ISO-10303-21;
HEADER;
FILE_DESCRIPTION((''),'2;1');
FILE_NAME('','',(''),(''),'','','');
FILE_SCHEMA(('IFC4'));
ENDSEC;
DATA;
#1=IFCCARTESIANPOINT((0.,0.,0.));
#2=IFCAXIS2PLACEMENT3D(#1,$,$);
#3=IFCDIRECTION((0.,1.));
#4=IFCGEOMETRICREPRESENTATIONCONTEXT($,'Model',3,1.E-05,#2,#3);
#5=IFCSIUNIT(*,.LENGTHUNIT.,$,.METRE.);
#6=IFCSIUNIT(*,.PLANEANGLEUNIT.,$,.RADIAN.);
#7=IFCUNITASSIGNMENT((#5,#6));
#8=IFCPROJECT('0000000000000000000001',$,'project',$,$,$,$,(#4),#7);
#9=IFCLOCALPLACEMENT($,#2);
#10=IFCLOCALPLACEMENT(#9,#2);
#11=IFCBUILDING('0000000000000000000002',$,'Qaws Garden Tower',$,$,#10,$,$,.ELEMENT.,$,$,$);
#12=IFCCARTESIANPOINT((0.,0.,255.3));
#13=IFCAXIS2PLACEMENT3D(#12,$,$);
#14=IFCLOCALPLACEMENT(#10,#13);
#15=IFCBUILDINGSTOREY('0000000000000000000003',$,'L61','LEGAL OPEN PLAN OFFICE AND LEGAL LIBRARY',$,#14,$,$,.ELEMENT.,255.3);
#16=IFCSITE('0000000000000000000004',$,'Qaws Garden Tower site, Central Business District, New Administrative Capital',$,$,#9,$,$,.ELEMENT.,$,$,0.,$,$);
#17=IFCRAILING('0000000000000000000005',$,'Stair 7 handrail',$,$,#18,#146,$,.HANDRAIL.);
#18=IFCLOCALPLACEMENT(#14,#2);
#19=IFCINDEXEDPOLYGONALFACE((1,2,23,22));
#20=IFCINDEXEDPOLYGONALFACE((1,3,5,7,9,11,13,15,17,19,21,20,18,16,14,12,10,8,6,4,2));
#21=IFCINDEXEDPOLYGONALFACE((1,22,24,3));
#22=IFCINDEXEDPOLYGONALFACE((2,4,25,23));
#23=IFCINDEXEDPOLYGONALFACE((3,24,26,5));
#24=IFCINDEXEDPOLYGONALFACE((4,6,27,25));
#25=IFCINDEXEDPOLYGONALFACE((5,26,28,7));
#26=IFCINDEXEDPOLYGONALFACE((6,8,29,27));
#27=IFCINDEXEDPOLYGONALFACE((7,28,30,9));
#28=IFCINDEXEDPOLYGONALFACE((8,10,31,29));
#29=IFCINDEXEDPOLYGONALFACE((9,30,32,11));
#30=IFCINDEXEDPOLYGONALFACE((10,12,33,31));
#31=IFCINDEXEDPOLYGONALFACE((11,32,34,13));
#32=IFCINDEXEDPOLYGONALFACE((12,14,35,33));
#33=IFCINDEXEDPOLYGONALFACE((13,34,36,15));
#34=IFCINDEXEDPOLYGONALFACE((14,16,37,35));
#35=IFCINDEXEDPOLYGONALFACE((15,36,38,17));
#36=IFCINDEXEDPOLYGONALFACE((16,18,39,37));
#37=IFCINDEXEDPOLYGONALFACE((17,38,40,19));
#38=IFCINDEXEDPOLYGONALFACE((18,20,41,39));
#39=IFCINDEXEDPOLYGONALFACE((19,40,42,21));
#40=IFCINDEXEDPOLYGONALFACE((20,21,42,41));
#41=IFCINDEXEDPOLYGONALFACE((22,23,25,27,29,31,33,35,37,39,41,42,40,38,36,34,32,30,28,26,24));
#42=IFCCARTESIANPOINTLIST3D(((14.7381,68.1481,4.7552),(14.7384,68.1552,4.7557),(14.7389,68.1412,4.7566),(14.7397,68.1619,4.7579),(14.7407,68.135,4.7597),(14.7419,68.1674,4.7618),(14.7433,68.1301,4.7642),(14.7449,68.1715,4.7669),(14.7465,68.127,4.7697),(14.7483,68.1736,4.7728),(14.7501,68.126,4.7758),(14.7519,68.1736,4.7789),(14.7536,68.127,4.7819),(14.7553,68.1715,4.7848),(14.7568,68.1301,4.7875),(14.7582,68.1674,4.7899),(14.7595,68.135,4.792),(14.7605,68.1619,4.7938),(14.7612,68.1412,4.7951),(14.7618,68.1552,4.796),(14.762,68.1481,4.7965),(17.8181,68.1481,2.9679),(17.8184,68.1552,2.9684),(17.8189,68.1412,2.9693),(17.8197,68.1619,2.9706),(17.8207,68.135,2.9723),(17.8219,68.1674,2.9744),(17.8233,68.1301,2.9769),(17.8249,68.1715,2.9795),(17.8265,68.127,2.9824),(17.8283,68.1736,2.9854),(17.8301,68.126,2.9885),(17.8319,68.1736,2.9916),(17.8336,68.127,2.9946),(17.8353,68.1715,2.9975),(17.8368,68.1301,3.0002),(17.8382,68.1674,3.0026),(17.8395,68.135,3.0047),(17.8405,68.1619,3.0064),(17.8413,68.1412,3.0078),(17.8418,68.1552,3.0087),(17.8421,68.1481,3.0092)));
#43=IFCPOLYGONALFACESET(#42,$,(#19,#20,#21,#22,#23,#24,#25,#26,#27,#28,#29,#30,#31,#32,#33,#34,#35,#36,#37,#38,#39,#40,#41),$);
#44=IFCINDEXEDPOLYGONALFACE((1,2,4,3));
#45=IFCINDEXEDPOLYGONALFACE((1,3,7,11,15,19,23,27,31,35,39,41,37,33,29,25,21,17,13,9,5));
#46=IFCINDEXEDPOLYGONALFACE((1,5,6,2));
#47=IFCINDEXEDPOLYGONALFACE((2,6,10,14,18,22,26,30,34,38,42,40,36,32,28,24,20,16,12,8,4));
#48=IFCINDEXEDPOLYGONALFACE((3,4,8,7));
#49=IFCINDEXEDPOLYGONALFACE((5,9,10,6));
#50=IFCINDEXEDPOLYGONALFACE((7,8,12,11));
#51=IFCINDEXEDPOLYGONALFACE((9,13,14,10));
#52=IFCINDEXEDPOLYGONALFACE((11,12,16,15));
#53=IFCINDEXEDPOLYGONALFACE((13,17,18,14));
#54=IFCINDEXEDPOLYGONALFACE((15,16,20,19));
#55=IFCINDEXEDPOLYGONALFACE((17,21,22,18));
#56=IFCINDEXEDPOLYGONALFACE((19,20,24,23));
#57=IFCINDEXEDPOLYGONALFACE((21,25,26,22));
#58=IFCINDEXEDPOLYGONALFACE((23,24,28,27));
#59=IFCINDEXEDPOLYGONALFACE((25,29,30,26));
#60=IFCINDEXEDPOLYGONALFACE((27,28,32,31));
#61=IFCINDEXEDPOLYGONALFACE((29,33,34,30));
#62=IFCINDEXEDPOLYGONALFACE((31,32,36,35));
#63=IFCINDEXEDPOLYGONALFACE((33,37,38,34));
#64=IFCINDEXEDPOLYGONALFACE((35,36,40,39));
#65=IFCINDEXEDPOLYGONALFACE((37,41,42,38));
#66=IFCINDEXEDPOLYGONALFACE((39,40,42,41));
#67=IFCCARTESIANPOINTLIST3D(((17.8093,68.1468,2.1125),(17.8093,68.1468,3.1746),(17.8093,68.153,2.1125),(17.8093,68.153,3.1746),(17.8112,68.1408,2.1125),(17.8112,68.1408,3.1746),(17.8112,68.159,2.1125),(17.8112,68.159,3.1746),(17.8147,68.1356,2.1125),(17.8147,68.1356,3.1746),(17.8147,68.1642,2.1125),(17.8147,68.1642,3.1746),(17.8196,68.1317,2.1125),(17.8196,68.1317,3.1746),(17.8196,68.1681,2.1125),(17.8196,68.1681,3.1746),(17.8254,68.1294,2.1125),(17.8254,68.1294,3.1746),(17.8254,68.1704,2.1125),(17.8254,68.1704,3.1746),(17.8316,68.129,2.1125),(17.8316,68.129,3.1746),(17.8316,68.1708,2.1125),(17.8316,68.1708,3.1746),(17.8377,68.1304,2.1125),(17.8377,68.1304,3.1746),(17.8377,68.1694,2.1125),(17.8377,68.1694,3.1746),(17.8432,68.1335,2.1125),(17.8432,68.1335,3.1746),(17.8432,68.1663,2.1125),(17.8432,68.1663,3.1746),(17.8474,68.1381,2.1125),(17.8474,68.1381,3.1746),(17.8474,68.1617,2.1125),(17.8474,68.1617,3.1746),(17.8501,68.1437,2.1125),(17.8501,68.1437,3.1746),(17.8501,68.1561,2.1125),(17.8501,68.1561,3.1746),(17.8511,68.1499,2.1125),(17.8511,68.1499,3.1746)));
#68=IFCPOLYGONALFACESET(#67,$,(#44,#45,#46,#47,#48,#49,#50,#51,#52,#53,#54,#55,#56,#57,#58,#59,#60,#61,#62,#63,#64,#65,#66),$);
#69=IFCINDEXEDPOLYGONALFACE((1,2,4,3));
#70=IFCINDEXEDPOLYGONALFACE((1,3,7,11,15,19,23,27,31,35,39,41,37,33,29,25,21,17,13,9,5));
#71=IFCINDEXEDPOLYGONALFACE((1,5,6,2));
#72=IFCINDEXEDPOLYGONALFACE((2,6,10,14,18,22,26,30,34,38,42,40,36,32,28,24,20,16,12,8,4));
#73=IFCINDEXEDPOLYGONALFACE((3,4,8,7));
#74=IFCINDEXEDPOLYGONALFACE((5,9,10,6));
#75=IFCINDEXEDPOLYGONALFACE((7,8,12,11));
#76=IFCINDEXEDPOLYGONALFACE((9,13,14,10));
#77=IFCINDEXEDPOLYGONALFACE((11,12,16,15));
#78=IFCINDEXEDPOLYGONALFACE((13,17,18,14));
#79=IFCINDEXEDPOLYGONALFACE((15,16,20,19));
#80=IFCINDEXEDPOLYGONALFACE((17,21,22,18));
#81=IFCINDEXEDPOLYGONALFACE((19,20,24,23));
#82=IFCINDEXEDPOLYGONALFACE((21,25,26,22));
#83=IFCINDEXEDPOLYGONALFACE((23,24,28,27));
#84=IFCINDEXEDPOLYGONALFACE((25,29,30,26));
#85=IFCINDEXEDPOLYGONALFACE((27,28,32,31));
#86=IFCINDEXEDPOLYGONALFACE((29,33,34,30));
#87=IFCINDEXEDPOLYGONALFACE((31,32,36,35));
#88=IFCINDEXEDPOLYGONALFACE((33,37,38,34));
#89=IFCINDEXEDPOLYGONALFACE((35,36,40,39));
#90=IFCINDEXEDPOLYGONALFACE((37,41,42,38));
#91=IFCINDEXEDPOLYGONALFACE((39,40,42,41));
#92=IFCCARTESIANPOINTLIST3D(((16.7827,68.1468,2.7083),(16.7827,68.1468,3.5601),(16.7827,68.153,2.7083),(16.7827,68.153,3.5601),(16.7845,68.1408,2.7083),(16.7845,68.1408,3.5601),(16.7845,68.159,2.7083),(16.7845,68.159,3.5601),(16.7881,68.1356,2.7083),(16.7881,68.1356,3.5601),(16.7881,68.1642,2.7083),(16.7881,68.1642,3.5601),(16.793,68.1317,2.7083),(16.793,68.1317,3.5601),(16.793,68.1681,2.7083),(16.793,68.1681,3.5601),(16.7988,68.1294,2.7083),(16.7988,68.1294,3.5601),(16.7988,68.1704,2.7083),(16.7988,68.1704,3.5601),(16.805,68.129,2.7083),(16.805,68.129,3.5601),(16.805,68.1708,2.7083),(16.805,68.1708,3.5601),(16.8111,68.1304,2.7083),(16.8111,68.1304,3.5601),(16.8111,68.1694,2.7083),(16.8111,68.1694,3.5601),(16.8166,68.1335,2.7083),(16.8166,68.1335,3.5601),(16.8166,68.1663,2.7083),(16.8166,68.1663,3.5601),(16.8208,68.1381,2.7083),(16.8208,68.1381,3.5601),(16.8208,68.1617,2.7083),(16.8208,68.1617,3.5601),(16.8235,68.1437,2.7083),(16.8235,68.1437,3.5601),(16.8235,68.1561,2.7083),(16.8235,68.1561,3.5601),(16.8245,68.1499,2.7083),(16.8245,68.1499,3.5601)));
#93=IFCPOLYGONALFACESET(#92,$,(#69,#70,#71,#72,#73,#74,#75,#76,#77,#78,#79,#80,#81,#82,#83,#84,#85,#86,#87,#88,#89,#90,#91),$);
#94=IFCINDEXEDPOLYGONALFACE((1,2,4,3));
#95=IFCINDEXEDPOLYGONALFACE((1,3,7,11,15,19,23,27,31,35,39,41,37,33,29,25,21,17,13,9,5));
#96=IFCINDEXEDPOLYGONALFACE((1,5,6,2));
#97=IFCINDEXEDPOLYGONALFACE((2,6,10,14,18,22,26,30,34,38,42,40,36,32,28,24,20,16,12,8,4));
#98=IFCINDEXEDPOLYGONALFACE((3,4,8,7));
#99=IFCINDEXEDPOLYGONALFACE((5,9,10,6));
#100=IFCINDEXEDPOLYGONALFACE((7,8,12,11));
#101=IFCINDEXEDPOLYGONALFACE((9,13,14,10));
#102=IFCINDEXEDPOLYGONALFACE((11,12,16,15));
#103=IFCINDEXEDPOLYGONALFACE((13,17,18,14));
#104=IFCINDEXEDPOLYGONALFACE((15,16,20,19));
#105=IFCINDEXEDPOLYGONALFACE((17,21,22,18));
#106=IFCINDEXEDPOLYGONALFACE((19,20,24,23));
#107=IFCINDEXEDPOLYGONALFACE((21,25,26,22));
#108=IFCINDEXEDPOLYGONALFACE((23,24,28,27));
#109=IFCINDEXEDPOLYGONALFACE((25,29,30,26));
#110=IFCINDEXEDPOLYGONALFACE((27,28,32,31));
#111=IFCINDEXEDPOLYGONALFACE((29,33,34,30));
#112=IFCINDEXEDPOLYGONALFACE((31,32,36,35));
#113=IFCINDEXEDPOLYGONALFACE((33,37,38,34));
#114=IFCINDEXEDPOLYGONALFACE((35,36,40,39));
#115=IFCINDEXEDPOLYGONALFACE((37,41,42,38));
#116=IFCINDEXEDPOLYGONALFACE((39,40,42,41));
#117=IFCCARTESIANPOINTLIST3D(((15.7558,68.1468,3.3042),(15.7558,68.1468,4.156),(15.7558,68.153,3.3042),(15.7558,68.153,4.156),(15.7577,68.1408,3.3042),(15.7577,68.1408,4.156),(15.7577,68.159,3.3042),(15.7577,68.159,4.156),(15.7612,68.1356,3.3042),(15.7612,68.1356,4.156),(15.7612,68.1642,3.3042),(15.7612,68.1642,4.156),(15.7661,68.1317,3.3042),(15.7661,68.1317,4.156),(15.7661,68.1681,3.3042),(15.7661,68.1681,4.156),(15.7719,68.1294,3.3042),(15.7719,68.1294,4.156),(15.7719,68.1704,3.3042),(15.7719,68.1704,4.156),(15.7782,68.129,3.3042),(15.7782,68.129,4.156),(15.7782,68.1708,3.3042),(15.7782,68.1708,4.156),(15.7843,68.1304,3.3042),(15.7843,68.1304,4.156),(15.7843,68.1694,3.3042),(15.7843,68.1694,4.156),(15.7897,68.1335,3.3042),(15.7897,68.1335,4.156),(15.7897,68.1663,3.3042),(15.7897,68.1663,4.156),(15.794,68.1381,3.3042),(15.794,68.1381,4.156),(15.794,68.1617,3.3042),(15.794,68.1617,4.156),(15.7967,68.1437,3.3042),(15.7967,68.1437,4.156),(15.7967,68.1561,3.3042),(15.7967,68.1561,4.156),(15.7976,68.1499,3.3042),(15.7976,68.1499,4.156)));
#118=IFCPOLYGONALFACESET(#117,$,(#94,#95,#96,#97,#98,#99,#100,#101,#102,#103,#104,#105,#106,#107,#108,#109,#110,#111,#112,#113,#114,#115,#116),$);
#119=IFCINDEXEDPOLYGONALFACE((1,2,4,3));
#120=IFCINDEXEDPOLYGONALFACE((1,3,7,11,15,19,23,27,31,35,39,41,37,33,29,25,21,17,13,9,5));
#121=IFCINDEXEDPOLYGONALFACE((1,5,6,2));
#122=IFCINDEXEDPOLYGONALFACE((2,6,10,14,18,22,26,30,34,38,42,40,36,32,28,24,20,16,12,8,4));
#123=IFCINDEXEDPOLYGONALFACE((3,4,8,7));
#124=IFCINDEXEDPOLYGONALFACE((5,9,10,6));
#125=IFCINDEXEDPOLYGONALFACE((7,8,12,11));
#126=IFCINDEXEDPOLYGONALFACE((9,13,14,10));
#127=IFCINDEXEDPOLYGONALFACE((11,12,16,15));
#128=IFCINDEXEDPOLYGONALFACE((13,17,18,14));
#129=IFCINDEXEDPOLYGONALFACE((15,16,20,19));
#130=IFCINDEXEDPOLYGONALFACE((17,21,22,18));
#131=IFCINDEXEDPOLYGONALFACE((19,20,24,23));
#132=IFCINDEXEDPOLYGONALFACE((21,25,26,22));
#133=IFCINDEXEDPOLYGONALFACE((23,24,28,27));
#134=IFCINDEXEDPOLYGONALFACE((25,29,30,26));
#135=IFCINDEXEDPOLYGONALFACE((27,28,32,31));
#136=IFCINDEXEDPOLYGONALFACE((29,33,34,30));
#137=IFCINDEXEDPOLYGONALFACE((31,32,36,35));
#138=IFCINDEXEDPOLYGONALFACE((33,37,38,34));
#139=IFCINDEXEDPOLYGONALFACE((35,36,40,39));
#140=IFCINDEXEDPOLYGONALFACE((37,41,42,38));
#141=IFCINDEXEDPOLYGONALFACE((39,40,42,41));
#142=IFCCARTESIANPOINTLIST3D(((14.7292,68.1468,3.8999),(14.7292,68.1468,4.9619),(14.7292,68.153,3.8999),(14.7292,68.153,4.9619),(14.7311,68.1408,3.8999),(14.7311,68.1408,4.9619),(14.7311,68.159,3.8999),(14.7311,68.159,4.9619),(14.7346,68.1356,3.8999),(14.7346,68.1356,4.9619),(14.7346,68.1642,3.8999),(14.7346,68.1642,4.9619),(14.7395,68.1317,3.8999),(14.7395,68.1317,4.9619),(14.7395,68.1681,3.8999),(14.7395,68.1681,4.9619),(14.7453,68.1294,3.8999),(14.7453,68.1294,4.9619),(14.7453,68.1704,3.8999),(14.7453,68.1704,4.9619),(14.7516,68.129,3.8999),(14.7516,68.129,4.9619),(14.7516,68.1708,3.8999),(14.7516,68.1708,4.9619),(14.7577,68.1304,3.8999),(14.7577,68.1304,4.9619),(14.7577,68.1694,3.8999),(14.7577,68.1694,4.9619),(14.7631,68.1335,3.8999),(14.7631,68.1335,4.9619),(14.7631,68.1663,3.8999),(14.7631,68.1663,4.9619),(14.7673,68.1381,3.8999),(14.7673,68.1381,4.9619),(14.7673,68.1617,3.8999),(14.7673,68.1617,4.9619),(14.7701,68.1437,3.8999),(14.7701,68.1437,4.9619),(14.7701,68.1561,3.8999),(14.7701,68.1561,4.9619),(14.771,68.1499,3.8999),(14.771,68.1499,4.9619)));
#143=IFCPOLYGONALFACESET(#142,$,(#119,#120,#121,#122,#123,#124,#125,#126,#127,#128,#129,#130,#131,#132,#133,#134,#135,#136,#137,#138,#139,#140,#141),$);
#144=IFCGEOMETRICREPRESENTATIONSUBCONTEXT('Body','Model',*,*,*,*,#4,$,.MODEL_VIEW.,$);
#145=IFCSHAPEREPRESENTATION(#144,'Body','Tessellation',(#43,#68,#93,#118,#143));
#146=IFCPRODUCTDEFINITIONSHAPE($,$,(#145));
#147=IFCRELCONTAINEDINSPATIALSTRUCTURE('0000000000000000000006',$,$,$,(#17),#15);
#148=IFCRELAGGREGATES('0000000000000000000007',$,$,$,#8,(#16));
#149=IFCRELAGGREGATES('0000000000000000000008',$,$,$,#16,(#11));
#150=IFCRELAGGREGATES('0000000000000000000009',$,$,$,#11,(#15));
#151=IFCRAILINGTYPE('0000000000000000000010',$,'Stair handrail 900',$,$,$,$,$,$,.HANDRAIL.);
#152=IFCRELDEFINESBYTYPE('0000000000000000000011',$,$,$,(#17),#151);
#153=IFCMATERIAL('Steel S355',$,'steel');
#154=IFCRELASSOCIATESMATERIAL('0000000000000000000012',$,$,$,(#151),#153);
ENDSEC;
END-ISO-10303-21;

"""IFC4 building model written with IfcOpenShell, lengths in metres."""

from ifc_helpers import new_model, si_unit, direction, frame, origin, origin_2d, place, context, subcontext, project, spatial, circle, extrude, material, type_object, element, save


model = new_model("IFC4")

# Units and contexts
model_context = context("Model", 3, precision=1e-05, world=origin(), true_north=direction((0.0, 1.0)))
body_context = subcontext(model_context, "Body", "Model", "MODEL_VIEW")
ifc_project = project(units=[si_unit("LENGTHUNIT", "METRE"), si_unit("PLANEANGLEUNIT", "RADIAN")], contexts=[model_context])

# Site, building, storey
site_placement = place(None, origin())
site = spatial("IfcSite", under=ifc_project, at=site_placement, Name="Qaws Garden Tower site, Central Business District, New Administrative Capital", CompositionType="ELEMENT", RefElevation=0.0)
building_placement = place(site_placement, origin())
building = spatial("IfcBuilding", under=site, at=building_placement, Name="Qaws Garden Tower", CompositionType="ELEMENT")
storey_placement = place(building_placement, frame((0.0, 0.0, 255.3)))
storey = spatial("IfcBuildingStorey", under=building, at=storey_placement, Name="L61", Description="LEGAL OPEN PLAN OFFICE AND LEGAL LIBRARY", CompositionType="ELEMENT", Elevation=255.3)

# Railing
ifc_material_1 = material(Name="Steel S355", Category="steel")
railing_type = type_object("IfcRailingType", Name="Stair handrail 900", PredefinedType="HANDRAIL", material=ifc_material_1)
railing_1_placement = place(storey_placement, frame((17.8301, 68.1499, 2.1125)))
element("IfcRailing", 1, at=railing_1_placement, inside=storey, type_object=railing_type, Name="Stair 7 handrail", PredefinedType="HANDRAIL", context=body_context, shape_type="SweptSolid", body=[
    extrude(circle(Radius=0.0239, at=origin_2d()), frame((0.0, 0.0, 0.876), z_axis=(-0.86492, 0.0, 0.501909), x_axis=(0.0, -1.0, 0.0)), (0.0, 0.0, 1.0), 3.561),
    extrude(circle(Radius=0.021, at=origin_2d()), origin(), (0.0, 0.0, 1.0), 1.062),
    extrude(circle(Radius=0.021, at=origin_2d()), frame((-1.0266, 0.0, 0.5957)), (0.0, 0.0, 1.0), 0.8518),
    extrude(circle(Radius=0.021, at=origin_2d()), frame((-2.0535, 0.0, 1.1917)), (0.0, 0.0, 1.0), 0.8518),
    extrude(circle(Radius=0.021, at=origin_2d()), frame((-3.0801, 0.0, 1.7874)), (0.0, 0.0, 1.0), 1.062),
])

save(model, "model.ifc")
